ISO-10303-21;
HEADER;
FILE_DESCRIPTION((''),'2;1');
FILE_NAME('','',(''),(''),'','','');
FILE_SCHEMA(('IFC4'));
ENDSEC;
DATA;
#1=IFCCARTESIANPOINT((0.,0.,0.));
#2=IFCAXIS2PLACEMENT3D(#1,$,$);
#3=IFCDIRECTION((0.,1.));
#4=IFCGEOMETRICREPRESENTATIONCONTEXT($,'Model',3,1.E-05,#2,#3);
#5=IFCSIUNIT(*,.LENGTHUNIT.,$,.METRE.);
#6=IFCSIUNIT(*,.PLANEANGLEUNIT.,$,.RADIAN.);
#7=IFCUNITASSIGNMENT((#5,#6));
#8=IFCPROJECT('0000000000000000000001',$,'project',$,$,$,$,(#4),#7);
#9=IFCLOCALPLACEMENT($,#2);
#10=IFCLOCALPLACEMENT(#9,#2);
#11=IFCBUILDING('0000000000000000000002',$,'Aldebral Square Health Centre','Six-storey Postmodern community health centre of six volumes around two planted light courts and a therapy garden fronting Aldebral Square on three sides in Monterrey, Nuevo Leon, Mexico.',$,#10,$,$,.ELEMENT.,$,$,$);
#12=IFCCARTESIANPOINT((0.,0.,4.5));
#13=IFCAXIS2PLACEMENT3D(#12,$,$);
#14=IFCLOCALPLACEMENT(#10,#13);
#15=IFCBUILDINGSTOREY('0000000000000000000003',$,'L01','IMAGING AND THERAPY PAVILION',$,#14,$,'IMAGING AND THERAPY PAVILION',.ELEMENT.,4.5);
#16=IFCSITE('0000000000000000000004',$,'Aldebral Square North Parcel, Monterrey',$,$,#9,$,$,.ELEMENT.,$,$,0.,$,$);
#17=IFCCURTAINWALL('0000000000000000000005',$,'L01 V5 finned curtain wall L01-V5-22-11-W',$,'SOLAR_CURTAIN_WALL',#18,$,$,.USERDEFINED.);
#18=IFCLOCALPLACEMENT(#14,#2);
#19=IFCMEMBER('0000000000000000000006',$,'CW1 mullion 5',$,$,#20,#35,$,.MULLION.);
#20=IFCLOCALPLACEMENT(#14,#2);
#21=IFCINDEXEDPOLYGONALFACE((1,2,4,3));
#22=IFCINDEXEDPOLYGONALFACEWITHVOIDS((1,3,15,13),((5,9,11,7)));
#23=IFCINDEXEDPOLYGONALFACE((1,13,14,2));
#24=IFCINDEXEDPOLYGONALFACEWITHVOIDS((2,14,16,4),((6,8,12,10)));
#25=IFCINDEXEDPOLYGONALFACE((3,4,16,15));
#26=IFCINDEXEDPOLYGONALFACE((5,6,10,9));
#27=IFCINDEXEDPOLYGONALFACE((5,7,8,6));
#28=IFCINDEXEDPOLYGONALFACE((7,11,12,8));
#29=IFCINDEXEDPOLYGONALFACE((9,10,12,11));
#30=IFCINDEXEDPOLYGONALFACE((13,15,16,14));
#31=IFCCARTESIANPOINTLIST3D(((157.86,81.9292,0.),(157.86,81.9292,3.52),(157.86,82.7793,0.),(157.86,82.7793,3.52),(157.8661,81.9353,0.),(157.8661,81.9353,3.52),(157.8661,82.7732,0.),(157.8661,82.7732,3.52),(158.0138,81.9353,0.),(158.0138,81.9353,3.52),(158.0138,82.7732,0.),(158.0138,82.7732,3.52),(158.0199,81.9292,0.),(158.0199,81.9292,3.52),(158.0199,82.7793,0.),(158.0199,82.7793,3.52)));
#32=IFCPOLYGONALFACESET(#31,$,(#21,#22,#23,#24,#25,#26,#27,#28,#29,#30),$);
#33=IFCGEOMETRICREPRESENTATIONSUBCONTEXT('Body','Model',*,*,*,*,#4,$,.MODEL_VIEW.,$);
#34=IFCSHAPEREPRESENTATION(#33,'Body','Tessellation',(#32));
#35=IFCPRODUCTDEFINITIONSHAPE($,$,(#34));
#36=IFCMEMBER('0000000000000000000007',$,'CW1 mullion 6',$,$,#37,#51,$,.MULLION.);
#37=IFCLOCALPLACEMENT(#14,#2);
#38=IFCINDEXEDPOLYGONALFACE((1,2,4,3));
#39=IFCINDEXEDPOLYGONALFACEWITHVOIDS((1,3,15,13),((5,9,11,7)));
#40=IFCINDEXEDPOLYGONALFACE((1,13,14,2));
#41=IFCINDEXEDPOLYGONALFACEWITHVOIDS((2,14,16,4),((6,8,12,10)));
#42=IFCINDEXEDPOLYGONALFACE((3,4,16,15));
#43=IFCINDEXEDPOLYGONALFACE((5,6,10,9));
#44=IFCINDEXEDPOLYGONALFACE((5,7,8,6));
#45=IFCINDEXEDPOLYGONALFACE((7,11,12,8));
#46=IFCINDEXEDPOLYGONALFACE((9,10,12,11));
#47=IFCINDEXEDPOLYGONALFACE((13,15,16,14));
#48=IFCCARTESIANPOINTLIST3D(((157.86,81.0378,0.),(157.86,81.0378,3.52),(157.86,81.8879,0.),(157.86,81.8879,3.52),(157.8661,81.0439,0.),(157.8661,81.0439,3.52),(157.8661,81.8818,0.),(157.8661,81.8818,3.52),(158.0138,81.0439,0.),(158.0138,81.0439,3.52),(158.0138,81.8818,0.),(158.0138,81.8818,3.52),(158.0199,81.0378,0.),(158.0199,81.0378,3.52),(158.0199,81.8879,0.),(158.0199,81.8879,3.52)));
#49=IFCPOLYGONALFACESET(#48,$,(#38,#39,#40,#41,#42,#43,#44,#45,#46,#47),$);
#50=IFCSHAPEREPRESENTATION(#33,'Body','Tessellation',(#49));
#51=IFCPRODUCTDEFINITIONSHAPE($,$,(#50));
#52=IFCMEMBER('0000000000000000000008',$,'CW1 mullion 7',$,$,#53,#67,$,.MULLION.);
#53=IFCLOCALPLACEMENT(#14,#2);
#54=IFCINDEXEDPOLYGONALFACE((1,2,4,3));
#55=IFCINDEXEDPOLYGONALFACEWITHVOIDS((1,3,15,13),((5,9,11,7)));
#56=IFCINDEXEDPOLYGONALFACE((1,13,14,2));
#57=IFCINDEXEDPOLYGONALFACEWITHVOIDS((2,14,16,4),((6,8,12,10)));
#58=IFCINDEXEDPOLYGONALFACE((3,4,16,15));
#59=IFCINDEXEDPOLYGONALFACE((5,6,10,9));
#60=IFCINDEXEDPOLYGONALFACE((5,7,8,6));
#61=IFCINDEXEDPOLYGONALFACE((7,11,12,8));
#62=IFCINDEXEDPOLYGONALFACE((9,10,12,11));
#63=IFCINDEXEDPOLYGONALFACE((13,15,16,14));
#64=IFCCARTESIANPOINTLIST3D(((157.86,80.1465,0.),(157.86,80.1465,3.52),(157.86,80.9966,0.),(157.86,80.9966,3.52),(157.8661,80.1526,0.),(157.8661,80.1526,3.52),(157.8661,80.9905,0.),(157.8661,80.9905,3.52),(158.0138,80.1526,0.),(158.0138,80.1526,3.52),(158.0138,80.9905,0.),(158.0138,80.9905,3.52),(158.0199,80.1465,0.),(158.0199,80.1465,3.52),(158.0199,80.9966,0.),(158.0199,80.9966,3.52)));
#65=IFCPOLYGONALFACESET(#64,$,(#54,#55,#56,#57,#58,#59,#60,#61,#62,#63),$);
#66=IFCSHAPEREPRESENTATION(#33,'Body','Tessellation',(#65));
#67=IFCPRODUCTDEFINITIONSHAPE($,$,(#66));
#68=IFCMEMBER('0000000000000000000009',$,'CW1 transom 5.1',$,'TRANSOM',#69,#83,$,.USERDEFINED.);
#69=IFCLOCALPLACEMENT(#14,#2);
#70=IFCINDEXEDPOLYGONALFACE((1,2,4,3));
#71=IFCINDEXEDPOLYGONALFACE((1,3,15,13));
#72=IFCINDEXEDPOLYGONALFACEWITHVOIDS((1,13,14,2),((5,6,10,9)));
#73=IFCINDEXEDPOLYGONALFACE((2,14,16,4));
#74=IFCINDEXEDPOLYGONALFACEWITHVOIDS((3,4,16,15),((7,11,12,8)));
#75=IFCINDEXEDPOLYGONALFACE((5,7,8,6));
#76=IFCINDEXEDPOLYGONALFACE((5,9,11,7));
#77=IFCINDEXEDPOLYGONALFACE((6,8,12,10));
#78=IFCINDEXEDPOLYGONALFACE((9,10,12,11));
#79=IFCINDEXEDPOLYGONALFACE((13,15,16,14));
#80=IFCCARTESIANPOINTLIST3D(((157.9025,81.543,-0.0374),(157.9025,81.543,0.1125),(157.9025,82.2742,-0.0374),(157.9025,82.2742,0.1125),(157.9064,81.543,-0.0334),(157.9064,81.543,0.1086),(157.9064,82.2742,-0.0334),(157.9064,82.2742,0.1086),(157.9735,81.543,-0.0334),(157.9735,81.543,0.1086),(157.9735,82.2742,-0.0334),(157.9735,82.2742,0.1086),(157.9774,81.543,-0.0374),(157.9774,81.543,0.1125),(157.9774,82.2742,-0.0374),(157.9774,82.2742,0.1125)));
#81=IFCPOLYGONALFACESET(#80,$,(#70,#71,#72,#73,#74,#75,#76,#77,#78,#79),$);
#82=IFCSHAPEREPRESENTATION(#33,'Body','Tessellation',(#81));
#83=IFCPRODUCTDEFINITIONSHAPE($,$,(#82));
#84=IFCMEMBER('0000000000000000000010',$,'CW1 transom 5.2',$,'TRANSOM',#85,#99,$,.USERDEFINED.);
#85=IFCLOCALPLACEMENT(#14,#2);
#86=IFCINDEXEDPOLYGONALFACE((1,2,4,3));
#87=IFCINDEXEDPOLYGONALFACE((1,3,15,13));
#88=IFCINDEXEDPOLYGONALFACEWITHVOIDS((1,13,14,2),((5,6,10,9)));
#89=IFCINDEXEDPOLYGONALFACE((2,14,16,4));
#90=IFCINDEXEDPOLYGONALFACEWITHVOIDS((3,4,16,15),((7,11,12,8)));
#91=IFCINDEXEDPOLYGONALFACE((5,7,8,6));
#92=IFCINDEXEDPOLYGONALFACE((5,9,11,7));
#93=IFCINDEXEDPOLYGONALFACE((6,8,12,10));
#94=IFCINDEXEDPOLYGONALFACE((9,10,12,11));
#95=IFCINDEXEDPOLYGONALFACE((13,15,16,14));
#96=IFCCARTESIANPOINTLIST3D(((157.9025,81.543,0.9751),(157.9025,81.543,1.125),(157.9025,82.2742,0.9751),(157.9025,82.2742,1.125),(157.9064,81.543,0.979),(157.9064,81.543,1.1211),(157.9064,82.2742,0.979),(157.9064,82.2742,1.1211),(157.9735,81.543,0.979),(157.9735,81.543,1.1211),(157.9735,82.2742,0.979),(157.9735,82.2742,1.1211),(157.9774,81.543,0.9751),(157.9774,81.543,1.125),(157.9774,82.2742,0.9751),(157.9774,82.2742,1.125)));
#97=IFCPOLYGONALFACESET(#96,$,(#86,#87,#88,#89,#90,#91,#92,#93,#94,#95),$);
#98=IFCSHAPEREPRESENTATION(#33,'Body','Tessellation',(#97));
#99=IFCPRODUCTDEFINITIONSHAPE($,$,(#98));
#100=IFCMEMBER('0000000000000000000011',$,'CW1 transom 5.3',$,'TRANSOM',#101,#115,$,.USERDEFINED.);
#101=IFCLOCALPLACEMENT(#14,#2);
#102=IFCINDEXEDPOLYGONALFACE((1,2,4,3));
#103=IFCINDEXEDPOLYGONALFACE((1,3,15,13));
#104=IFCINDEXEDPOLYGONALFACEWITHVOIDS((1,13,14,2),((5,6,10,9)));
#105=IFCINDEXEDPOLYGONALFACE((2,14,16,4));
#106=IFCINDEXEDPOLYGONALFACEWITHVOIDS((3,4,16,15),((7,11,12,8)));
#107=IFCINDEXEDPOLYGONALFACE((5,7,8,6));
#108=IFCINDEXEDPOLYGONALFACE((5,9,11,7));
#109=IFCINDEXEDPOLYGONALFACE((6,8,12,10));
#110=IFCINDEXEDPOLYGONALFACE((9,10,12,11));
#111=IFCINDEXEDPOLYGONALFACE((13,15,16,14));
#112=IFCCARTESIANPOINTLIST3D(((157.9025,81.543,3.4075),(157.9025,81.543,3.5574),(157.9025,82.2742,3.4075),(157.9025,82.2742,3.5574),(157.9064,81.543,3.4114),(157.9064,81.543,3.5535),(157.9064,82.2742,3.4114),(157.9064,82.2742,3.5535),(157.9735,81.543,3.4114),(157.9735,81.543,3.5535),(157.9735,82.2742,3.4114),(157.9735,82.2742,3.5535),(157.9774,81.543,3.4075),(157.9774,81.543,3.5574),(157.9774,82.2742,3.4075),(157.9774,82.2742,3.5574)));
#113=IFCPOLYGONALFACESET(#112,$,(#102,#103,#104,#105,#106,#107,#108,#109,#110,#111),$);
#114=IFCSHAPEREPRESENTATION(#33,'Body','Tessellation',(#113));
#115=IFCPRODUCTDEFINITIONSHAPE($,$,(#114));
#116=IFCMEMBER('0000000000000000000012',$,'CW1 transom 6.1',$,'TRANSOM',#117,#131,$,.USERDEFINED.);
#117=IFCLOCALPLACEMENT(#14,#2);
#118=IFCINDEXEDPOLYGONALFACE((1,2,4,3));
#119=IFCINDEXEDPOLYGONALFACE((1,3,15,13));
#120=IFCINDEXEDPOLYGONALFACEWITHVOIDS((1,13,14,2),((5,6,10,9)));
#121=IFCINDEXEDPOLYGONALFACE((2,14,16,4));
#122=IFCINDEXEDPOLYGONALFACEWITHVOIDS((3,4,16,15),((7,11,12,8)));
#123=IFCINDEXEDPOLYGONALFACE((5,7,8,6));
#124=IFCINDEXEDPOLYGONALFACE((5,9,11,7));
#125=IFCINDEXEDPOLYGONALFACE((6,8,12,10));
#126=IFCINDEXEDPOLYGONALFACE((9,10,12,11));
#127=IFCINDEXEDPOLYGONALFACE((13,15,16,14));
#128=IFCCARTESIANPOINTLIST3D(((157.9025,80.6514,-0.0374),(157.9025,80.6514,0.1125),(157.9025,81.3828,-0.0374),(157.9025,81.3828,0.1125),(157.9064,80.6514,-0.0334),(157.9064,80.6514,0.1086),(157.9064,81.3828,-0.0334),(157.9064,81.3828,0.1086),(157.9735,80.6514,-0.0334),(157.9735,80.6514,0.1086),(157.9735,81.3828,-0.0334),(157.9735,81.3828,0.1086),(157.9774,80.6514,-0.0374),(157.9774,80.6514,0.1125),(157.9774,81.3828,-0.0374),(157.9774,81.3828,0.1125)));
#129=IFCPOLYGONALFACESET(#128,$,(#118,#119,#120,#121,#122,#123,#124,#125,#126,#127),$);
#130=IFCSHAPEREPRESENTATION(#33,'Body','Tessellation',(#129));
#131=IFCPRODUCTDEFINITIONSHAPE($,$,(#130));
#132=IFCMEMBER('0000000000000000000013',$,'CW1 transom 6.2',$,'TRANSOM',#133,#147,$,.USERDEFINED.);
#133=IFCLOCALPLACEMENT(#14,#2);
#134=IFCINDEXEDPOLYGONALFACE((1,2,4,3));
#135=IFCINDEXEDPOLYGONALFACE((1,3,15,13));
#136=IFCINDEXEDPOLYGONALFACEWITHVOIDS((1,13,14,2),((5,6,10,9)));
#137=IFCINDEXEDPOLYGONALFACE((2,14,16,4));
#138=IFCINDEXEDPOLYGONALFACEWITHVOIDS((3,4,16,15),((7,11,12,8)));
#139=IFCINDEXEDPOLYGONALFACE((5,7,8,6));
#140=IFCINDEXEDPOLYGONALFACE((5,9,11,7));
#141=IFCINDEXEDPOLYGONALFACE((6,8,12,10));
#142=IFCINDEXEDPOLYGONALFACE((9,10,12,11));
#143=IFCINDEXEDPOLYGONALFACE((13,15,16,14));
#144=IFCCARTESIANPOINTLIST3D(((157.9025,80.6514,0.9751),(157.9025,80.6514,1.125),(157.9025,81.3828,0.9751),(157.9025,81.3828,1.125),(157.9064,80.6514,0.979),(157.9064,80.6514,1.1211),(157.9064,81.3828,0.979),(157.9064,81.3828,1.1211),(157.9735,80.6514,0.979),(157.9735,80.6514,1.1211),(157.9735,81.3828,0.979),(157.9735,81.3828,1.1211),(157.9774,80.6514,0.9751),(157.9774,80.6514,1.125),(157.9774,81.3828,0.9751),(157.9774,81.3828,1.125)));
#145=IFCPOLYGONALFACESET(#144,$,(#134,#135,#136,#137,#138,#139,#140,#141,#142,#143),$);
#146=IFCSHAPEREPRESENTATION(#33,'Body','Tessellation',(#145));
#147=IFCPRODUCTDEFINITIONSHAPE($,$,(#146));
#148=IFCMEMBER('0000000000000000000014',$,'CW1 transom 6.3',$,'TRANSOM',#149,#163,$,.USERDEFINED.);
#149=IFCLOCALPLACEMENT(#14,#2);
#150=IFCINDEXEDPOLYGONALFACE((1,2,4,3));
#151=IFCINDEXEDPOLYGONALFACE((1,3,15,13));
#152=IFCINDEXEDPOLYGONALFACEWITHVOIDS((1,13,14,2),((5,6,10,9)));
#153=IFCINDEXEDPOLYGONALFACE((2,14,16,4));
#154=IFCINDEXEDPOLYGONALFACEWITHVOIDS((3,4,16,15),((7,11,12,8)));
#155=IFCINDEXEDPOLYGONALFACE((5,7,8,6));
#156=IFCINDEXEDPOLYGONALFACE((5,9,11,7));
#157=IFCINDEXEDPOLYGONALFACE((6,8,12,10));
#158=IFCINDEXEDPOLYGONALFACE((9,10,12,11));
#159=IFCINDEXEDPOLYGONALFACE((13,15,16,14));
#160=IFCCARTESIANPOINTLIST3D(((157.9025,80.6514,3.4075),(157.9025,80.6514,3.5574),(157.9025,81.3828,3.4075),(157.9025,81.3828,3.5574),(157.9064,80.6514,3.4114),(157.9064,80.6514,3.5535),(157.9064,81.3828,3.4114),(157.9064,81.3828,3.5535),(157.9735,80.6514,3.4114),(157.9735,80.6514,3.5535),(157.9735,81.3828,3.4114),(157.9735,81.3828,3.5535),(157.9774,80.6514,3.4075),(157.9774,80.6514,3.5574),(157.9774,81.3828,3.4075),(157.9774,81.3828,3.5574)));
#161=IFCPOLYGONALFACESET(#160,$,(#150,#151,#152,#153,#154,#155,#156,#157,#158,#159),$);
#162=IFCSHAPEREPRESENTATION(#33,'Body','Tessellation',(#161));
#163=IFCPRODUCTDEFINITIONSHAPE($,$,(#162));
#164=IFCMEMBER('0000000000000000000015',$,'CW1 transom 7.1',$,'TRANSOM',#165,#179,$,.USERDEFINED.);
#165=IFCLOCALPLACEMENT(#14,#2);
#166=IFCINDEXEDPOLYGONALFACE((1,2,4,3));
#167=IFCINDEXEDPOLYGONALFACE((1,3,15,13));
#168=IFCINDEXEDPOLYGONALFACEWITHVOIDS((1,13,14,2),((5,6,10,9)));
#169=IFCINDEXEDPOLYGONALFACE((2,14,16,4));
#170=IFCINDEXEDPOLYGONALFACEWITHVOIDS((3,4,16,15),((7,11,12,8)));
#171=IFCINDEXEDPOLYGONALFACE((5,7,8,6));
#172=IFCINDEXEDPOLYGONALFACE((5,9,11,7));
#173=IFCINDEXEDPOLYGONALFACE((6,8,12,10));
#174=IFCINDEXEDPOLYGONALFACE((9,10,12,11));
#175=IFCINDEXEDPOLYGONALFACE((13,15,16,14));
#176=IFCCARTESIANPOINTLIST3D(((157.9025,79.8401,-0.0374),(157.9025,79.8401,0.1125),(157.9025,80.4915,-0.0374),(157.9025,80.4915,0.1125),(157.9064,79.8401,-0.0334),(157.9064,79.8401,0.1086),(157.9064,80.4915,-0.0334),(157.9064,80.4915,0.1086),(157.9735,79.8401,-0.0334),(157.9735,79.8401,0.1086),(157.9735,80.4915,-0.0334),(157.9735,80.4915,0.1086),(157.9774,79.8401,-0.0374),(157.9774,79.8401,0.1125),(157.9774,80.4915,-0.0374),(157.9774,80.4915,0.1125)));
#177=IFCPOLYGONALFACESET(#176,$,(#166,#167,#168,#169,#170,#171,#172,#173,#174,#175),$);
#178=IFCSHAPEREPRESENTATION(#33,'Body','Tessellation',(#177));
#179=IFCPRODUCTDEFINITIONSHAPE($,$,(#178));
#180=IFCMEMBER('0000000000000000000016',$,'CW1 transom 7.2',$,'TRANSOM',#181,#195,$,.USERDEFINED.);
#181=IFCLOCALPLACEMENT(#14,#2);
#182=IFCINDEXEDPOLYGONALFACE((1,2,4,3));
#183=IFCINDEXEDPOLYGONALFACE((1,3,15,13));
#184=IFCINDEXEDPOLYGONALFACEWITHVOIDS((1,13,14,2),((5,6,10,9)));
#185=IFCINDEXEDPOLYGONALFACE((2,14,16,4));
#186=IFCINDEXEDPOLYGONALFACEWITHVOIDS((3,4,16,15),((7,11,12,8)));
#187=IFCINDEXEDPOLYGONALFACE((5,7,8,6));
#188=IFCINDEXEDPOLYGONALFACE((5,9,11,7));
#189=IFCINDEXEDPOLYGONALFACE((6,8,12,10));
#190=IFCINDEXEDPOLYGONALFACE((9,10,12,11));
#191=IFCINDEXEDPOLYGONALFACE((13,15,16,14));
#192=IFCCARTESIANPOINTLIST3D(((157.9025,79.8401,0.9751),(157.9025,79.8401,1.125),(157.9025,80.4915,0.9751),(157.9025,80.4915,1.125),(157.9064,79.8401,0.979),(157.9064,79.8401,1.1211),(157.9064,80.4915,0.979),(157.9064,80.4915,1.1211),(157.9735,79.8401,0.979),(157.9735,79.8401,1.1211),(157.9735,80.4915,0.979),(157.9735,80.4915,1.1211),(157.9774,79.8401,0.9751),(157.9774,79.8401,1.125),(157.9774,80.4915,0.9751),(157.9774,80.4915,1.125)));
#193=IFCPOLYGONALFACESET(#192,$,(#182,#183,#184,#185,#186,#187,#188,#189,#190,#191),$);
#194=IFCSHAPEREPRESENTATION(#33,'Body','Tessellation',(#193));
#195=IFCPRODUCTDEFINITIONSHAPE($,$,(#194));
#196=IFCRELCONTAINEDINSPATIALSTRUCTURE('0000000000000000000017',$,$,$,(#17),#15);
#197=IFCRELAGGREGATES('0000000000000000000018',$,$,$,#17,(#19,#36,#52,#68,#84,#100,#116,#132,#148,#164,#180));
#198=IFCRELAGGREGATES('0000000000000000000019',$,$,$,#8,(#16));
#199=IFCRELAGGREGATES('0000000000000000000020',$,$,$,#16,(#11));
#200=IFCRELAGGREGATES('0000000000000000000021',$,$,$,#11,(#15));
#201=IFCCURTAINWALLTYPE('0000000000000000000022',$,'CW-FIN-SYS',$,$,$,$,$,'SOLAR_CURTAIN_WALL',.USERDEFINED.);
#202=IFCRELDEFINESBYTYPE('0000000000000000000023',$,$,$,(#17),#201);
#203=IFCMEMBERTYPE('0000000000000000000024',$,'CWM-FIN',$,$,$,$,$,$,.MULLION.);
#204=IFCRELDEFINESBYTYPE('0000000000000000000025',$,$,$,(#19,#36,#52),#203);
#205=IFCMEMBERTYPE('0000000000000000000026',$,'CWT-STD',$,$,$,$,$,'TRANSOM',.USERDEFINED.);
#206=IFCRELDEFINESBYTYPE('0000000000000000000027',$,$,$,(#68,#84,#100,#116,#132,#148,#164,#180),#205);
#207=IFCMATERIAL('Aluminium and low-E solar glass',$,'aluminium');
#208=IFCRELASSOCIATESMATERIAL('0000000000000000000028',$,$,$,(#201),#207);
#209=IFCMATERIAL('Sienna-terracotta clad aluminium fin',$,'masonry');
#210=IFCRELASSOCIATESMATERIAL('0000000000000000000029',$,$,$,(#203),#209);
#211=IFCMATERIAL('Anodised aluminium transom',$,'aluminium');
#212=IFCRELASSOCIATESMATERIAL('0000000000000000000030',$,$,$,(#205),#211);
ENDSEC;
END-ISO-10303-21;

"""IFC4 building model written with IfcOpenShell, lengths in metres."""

from ifc_helpers import new_model, si_unit, direction, frame, origin, origin_2d, place, context, subcontext, project, spatial, hollow_rectangle, extrude, material, material_profile, profile_set, type_object, element, aggregate, save


model = new_model("IFC4")

# Units and contexts
model_context = context("Model", 3, precision=1e-05, world=origin(), true_north=direction((0.0, 1.0)))
body_context = subcontext(model_context, "Body", "Model", "MODEL_VIEW")
ifc_project = project(units=[si_unit("LENGTHUNIT", "METRE"), si_unit("PLANEANGLEUNIT", "RADIAN")], contexts=[model_context])

# Site, building, storey
site_placement = place(None, origin())
site = spatial("IfcSite", under=ifc_project, at=site_placement, Name="Aldebral Square North Parcel, Monterrey", CompositionType="ELEMENT", RefElevation=0.0)
building_placement = place(site_placement, origin())
building = spatial("IfcBuilding", under=site, at=building_placement, Name="Aldebral Square Health Centre", Description="Six-storey Postmodern community health centre of six volumes around two planted light courts and a therapy garden fronting Aldebral Square on three sides in Monterrey, Nuevo Leon, Mexico.", CompositionType="ELEMENT")
storey_placement = place(building_placement, frame((0.0, 0.0, 4.5)))
storey = spatial("IfcBuildingStorey", under=building, at=storey_placement, Name="L01", Description="IMAGING AND THERAPY PAVILION", LongName="IMAGING AND THERAPY PAVILION", CompositionType="ELEMENT", Elevation=4.5)

# Curtain wall, members
ifc_material_1 = material(Name="Aluminium and low-E solar glass", Category="aluminium")
curtain_wall_type = type_object("IfcCurtainWallType", Name="CW-FIN-SYS", ElementType="SOLAR_CURTAIN_WALL", PredefinedType="USERDEFINED", material=ifc_material_1)
curtain_wall_placement = place(storey_placement, origin())
curtain_wall = element("IfcCurtainWall", 1, at=curtain_wall_placement, inside=storey, type_object=curtain_wall_type, Name="L01 V5 finned curtain wall L01-V5-22-11-W", ObjectType="SOLAR_CURTAIN_WALL", PredefinedType="USERDEFINED")
ifc_material_2 = material(Name="Sienna-terracotta clad aluminium fin", Category="masonry")
ifc_material_profile_1 = material_profile(ifc_material_2, hollow_rectangle(XDim=0.1599, YDim=0.8501, WallThickness=0.0061, at=origin_2d()), Name="FIN 160x850x6")
ifc_profile_set_1 = profile_set([ifc_material_profile_1], Name="Sienna-terracotta clad aluminium fin")
member_type_1 = type_object("IfcMemberType", Name="CWM-FIN", PredefinedType="MULLION", material=ifc_profile_set_1)
member_1_placement = place(storey_placement, frame((157.9399, 82.3542, 0.0), z_axis=(0.0, 0.0, 1.0), x_axis=(1.0, 0.0, 0.0)))
member_1 = element("IfcMember", 2, at=member_1_placement, type_object=member_type_1, Name="CW1 mullion 5", PredefinedType="MULLION", context=body_context, shape_type="SweptSolid", body=[
    extrude(hollow_rectangle(XDim=0.1599, YDim=0.8501, WallThickness=0.0061, at=origin_2d()), origin(), (0.0, 0.0, 1.0), 3.52),
])
member_2_placement = place(storey_placement, frame((157.9399, 81.4629, 0.0), z_axis=(0.0, 0.0, 1.0), x_axis=(1.0, 0.0, 0.0)))
member_2 = element("IfcMember", 3, at=member_2_placement, type_object=member_type_1, Name="CW1 mullion 6", PredefinedType="MULLION", context=body_context, shape_type="SweptSolid", body=[
    extrude(hollow_rectangle(XDim=0.1599, YDim=0.8501, WallThickness=0.0061, at=origin_2d()), origin(), (0.0, 0.0, 1.0), 3.52),
])
member_3_placement = place(storey_placement, frame((157.9399, 80.5715, 0.0), z_axis=(0.0, 0.0, 1.0), x_axis=(1.0, 0.0, 0.0)))
member_3 = element("IfcMember", 4, at=member_3_placement, type_object=member_type_1, Name="CW1 mullion 7", PredefinedType="MULLION", context=body_context, shape_type="SweptSolid", body=[
    extrude(hollow_rectangle(XDim=0.1599, YDim=0.8501, WallThickness=0.0061, at=origin_2d()), origin(), (0.0, 0.0, 1.0), 3.52),
])
ifc_material_3 = material(Name="Anodised aluminium transom", Category="aluminium")
ifc_material_profile_2 = material_profile(ifc_material_3, hollow_rectangle(XDim=0.075, YDim=0.1499, WallThickness=0.0039, at=origin_2d()), Name="CWT 75x150x4")
ifc_profile_set_2 = profile_set([ifc_material_profile_2], Name="Anodised aluminium transom")
member_type_2 = type_object("IfcMemberType", Name="CWT-STD", ElementType="TRANSOM", PredefinedType="USERDEFINED", material=ifc_profile_set_2)
member_4_placement = place(storey_placement, frame((157.9399, 82.2742, 0.0376), z_axis=(0.0, -1.0, 0.0), x_axis=(1.0, 0.0, 0.0)))
member_4 = element("IfcMember", 5, at=member_4_placement, type_object=member_type_2, Name="CW1 transom 5.1", ObjectType="TRANSOM", PredefinedType="USERDEFINED", context=body_context, shape_type="SweptSolid", body=[
    extrude(hollow_rectangle(XDim=0.075, YDim=0.1499, WallThickness=0.0039, at=origin_2d()), origin(), (0.0, 0.0, 1.0), 0.7312),
])
member_5_placement = place(storey_placement, frame((157.9399, 82.2742, 1.05), z_axis=(0.0, -1.0, 0.0), x_axis=(1.0, 0.0, 0.0)))
member_5 = element("IfcMember", 6, at=member_5_placement, type_object=member_type_2, Name="CW1 transom 5.2", ObjectType="TRANSOM", PredefinedType="USERDEFINED", context=body_context, shape_type="SweptSolid", body=[
    extrude(hollow_rectangle(XDim=0.075, YDim=0.1499, WallThickness=0.0039, at=origin_2d()), origin(), (0.0, 0.0, 1.0), 0.7312),
])
member_6_placement = place(storey_placement, frame((157.9399, 82.2742, 3.4824), z_axis=(0.0, -1.0, 0.0), x_axis=(1.0, 0.0, 0.0)))
member_6 = element("IfcMember", 7, at=member_6_placement, type_object=member_type_2, Name="CW1 transom 5.3", ObjectType="TRANSOM", PredefinedType="USERDEFINED", context=body_context, shape_type="SweptSolid", body=[
    extrude(hollow_rectangle(XDim=0.075, YDim=0.1499, WallThickness=0.0039, at=origin_2d()), origin(), (0.0, 0.0, 1.0), 0.7312),
])
member_7_placement = place(storey_placement, frame((157.9399, 81.3828, 0.0376), z_axis=(0.0, -1.0, 0.0), x_axis=(1.0, 0.0, 0.0)))
member_7 = element("IfcMember", 8, at=member_7_placement, type_object=member_type_2, Name="CW1 transom 6.1", ObjectType="TRANSOM", PredefinedType="USERDEFINED", context=body_context, shape_type="SweptSolid", body=[
    extrude(hollow_rectangle(XDim=0.075, YDim=0.1499, WallThickness=0.0039, at=origin_2d()), origin(), (0.0, 0.0, 1.0), 0.7314),
])
member_8_placement = place(storey_placement, frame((157.9399, 81.3828, 1.05), z_axis=(0.0, -1.0, 0.0), x_axis=(1.0, 0.0, 0.0)))
member_8 = element("IfcMember", 9, at=member_8_placement, type_object=member_type_2, Name="CW1 transom 6.2", ObjectType="TRANSOM", PredefinedType="USERDEFINED", context=body_context, shape_type="SweptSolid", body=[
    extrude(hollow_rectangle(XDim=0.075, YDim=0.1499, WallThickness=0.0039, at=origin_2d()), origin(), (0.0, 0.0, 1.0), 0.7314),
])
member_9_placement = place(storey_placement, frame((157.9399, 81.3828, 3.4824), z_axis=(0.0, -1.0, 0.0), x_axis=(1.0, 0.0, 0.0)))
member_9 = element("IfcMember", 10, at=member_9_placement, type_object=member_type_2, Name="CW1 transom 6.3", ObjectType="TRANSOM", PredefinedType="USERDEFINED", context=body_context, shape_type="SweptSolid", body=[
    extrude(hollow_rectangle(XDim=0.075, YDim=0.1499, WallThickness=0.0039, at=origin_2d()), origin(), (0.0, 0.0, 1.0), 0.7314),
])
member_10_placement = place(storey_placement, frame((157.9399, 80.4915, 0.0376), z_axis=(0.0, -1.0, 0.0), x_axis=(1.0, 0.0, 0.0)))
member_10 = element("IfcMember", 11, at=member_10_placement, type_object=member_type_2, Name="CW1 transom 7.1", ObjectType="TRANSOM", PredefinedType="USERDEFINED", context=body_context, shape_type="SweptSolid", body=[
    extrude(hollow_rectangle(XDim=0.075, YDim=0.1499, WallThickness=0.0039, at=origin_2d()), origin(), (0.0, 0.0, 1.0), 0.6514),
])
member_11_placement = place(storey_placement, frame((157.9399, 80.4915, 1.05), z_axis=(0.0, -1.0, 0.0), x_axis=(1.0, 0.0, 0.0)))
member_11 = element("IfcMember", 12, at=member_11_placement, type_object=member_type_2, Name="CW1 transom 7.2", ObjectType="TRANSOM", PredefinedType="USERDEFINED", context=body_context, shape_type="SweptSolid", body=[
    extrude(hollow_rectangle(XDim=0.075, YDim=0.1499, WallThickness=0.0039, at=origin_2d()), origin(), (0.0, 0.0, 1.0), 0.6514),
])
aggregate(curtain_wall, [member_1, member_2, member_3, member_4, member_5, member_6, member_7, member_8, member_9, member_10, member_11])

save(model, "model.ifc")
